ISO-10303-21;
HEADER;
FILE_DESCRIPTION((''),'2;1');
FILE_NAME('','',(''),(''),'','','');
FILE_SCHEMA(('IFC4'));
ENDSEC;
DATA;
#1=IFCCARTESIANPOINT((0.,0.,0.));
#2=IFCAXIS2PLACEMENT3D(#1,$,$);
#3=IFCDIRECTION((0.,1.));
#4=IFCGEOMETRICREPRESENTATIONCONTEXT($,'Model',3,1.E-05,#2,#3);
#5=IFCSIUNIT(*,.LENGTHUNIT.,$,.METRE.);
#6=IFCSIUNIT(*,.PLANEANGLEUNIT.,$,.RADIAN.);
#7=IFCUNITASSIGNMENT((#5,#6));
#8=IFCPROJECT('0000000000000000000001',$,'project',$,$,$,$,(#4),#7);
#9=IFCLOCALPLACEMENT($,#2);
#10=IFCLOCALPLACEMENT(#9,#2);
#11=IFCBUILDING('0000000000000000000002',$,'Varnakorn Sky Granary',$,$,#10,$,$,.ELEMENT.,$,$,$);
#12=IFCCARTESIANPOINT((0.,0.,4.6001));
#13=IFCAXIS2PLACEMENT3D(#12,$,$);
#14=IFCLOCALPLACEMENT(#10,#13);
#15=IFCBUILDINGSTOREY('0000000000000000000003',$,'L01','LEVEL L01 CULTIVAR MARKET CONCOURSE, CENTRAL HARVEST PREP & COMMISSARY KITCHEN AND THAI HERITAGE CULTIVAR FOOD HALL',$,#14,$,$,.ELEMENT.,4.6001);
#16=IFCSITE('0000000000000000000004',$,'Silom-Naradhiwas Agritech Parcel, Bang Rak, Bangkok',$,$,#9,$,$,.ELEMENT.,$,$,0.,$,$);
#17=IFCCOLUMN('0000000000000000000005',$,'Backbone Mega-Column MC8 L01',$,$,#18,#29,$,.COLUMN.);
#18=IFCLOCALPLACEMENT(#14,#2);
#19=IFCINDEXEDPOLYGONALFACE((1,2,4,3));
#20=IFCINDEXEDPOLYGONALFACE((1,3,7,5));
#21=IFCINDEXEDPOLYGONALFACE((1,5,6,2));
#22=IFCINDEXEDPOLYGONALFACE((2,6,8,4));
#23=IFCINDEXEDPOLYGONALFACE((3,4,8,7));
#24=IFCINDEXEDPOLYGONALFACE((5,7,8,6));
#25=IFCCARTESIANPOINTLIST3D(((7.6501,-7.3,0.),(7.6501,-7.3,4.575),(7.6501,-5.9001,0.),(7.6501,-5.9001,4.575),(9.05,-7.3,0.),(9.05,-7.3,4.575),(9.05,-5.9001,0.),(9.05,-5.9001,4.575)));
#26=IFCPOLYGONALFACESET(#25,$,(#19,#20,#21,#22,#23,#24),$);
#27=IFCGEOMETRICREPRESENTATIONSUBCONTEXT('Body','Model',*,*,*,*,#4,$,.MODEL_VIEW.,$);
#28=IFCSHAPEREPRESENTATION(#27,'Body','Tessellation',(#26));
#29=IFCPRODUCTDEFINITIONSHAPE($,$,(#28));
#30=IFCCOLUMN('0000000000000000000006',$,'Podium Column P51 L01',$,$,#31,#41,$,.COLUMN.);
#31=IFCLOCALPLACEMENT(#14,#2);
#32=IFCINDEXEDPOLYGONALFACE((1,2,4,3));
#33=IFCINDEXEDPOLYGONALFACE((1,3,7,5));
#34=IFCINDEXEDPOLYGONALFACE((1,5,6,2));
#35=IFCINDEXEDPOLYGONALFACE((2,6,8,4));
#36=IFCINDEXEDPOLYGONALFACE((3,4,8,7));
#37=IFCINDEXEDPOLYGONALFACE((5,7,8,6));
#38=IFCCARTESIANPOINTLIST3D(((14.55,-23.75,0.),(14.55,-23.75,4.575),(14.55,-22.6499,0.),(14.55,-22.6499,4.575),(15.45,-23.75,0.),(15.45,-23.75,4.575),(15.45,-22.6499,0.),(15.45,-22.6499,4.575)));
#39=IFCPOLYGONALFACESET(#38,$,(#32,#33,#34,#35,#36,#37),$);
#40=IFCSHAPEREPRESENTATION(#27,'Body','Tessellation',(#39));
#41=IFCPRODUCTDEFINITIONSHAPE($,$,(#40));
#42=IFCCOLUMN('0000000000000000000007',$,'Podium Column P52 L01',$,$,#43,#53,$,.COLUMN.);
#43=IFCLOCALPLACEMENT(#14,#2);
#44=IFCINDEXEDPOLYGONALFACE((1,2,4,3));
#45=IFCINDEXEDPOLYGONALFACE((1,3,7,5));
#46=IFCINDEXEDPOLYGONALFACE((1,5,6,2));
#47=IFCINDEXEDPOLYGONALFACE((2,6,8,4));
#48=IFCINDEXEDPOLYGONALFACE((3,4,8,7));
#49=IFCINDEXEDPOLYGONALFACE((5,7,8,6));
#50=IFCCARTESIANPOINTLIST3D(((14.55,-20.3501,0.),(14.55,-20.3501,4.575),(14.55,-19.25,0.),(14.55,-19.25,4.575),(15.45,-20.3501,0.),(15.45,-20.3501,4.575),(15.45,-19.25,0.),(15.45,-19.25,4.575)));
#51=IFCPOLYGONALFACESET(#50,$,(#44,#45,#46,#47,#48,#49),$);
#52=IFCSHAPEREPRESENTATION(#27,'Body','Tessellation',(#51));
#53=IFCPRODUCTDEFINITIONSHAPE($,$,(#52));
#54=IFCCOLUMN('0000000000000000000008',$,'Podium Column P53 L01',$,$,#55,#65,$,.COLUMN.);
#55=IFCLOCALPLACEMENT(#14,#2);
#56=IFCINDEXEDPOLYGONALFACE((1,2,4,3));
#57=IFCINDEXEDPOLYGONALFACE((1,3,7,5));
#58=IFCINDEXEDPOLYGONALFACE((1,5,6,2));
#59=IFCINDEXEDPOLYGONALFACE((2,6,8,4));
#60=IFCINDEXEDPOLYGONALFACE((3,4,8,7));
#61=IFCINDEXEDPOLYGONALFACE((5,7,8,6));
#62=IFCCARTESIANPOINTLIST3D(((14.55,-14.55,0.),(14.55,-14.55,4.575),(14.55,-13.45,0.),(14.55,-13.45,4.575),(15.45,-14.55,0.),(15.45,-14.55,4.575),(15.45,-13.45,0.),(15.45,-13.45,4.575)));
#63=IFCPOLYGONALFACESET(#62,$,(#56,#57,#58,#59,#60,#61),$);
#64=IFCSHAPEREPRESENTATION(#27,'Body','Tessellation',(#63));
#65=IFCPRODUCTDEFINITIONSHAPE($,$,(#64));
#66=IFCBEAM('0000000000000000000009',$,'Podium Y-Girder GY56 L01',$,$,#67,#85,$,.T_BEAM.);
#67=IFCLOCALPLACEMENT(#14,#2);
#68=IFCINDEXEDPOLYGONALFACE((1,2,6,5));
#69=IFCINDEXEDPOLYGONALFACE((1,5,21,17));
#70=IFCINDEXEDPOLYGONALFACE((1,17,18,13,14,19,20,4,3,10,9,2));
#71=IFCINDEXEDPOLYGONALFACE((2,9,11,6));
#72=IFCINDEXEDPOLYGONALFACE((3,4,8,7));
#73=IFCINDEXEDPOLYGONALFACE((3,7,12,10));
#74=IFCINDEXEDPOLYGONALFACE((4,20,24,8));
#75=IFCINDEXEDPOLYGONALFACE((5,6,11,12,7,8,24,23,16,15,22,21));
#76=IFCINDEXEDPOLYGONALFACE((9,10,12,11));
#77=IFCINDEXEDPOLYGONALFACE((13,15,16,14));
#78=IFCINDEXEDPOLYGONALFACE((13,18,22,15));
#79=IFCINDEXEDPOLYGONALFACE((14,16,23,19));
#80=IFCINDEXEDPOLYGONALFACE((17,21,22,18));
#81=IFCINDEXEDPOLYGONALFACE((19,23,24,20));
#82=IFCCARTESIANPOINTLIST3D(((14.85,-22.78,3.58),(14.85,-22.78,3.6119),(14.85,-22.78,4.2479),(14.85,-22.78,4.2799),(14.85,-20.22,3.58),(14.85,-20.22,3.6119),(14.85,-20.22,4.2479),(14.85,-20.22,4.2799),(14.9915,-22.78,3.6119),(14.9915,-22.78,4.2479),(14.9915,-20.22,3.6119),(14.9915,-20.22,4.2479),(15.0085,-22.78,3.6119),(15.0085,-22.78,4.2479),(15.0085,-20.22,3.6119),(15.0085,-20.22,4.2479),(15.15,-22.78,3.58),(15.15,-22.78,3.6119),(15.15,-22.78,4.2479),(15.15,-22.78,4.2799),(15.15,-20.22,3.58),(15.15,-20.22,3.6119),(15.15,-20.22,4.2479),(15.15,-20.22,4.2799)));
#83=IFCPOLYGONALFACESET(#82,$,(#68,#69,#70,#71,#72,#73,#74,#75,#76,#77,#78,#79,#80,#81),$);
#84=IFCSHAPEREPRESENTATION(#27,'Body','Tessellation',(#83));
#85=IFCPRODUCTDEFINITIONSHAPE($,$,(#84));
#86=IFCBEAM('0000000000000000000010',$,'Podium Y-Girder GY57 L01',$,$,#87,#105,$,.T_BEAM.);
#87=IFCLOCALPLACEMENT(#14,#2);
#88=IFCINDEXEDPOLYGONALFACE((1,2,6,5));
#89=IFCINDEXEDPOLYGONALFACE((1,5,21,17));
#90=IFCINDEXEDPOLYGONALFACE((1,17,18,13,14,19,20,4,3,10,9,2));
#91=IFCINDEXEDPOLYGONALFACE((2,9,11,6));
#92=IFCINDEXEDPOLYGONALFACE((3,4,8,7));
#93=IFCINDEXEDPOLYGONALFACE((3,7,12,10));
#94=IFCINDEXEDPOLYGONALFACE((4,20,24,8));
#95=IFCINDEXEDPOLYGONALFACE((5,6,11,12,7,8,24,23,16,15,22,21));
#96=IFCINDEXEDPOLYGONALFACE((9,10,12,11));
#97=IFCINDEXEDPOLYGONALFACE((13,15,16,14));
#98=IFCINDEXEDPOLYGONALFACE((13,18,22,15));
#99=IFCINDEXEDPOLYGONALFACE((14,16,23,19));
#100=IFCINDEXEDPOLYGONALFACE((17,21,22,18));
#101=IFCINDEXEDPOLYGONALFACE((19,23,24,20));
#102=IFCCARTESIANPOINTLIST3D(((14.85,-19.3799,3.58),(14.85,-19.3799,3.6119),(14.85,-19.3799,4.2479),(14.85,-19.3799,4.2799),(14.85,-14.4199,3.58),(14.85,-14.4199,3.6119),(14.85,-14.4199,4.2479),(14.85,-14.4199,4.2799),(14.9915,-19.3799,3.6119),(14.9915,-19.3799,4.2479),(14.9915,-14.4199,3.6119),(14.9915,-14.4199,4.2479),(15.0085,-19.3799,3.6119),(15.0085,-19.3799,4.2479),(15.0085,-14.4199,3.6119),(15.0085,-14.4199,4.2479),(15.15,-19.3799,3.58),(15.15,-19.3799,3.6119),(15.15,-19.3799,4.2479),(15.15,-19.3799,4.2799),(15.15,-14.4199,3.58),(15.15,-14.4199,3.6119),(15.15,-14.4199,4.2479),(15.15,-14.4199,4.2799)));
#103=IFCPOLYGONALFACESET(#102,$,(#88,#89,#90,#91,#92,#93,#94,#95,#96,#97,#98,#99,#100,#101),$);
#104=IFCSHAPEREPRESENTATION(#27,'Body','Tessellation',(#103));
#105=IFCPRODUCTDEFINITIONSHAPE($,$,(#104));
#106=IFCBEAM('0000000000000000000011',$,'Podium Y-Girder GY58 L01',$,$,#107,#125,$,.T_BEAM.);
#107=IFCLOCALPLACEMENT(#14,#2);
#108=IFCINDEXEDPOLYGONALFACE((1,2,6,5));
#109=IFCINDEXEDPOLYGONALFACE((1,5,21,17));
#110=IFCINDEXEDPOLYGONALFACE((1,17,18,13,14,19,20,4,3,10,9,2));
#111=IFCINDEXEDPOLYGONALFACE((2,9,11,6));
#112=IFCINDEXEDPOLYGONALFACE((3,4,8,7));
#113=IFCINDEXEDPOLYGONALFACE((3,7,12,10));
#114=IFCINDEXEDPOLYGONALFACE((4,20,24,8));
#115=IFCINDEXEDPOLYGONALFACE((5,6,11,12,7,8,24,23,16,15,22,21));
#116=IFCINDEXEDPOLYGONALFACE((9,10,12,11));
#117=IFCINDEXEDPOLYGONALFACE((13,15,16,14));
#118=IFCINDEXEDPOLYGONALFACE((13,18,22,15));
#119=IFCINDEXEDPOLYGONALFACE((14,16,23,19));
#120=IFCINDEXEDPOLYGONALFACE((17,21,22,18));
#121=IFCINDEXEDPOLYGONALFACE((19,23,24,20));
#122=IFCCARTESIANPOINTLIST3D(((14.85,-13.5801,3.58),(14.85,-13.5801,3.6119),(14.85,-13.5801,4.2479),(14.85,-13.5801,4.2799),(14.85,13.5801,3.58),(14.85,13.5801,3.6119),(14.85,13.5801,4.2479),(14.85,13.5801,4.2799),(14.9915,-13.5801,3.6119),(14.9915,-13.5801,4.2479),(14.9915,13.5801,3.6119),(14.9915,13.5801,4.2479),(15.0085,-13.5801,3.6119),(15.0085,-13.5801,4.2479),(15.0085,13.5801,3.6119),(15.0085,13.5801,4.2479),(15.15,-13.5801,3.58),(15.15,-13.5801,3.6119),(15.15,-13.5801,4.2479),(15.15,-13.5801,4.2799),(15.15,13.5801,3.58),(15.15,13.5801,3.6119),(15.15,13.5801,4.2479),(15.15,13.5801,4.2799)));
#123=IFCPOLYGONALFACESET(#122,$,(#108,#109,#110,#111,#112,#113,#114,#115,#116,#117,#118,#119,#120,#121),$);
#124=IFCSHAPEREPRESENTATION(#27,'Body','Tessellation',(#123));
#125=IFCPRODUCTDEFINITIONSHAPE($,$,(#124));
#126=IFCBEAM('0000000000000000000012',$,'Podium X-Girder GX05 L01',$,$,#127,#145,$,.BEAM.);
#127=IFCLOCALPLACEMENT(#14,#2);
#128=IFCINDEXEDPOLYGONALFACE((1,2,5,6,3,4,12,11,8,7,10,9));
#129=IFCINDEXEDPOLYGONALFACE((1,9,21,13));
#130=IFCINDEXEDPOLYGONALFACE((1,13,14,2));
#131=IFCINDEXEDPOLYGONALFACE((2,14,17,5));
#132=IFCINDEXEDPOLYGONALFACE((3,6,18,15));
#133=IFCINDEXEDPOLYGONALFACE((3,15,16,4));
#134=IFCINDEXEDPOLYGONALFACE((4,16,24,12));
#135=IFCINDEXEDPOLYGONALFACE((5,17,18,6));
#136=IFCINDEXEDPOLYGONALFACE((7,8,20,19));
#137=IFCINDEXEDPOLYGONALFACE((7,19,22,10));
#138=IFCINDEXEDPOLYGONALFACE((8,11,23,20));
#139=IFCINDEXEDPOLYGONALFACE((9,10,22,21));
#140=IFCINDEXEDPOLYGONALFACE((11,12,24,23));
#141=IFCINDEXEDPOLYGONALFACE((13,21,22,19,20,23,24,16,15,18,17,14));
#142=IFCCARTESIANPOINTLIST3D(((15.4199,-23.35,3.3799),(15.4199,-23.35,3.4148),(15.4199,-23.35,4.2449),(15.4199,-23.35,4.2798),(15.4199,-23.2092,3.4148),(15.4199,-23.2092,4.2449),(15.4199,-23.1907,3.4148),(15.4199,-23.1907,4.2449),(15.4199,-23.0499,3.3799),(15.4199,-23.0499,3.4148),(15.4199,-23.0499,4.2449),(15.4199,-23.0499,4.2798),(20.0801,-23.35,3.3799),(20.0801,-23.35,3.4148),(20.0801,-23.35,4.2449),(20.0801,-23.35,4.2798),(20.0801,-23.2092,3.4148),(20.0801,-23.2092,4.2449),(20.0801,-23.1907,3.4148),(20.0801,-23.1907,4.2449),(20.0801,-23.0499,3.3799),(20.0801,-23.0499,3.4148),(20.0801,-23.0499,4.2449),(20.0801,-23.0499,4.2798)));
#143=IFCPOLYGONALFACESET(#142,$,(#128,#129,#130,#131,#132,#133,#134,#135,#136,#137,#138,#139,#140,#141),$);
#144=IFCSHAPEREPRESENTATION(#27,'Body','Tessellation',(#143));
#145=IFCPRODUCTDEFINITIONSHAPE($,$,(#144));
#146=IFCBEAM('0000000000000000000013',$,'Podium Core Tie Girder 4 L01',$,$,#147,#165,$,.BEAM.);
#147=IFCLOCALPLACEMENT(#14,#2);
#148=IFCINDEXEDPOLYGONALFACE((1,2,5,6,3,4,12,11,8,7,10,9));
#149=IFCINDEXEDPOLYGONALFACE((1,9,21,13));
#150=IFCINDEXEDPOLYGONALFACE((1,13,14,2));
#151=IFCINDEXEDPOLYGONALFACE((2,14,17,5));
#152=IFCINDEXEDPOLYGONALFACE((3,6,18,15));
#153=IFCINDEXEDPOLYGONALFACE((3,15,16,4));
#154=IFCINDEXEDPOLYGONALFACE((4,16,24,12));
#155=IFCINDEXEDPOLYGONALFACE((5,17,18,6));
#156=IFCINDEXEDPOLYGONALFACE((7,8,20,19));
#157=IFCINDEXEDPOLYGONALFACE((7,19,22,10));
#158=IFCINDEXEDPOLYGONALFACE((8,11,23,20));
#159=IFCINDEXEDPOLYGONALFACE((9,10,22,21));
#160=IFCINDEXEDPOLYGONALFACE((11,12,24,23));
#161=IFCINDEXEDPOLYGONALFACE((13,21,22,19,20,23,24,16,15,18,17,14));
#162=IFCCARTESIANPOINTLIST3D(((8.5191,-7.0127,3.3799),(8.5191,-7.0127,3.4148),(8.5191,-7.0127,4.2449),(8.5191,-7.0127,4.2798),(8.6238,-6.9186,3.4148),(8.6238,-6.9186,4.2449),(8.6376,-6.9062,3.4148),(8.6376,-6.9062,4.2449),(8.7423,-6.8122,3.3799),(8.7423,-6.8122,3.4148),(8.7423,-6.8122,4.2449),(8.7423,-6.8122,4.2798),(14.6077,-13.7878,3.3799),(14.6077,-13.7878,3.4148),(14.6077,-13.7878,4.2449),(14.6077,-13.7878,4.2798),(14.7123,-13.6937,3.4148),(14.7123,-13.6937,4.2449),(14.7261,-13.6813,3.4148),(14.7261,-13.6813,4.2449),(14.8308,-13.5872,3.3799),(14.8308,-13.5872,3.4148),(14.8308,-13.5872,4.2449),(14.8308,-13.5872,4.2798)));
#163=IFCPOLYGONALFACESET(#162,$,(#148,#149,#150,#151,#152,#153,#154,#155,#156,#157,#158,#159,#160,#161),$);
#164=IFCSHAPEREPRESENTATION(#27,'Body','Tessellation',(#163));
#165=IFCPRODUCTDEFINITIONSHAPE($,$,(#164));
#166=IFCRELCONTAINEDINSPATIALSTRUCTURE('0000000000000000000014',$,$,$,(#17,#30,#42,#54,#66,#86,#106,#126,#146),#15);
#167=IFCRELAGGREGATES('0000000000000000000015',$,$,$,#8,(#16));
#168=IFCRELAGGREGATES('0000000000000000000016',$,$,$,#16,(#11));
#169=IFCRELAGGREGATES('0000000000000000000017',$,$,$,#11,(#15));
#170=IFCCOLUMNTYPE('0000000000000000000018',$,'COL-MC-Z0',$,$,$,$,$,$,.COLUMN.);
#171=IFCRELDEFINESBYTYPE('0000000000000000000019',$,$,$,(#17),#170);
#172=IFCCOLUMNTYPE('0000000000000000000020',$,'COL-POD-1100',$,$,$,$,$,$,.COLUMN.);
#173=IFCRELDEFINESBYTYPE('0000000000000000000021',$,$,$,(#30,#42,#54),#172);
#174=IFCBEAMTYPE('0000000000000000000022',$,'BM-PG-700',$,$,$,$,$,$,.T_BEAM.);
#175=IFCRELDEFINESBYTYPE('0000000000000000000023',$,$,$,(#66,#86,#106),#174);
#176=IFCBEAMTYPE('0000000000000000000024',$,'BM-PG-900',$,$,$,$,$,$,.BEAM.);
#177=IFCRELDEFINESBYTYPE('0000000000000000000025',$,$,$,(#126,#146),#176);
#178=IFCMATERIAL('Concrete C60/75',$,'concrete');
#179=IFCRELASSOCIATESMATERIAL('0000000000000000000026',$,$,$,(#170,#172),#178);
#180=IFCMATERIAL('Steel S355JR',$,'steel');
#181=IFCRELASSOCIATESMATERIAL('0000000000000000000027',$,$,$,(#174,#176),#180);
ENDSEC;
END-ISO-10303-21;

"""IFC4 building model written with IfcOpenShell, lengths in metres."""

from ifc_helpers import new_model, si_unit, direction, frame, origin, origin_2d, place, context, subcontext, project, spatial, rectangle, i_section, extrude, material, material_profile, profile_set, type_object, element, save


model = new_model("IFC4")

# Units and contexts
model_context = context("Model", 3, precision=1e-05, world=origin(), true_north=direction((0.0, 1.0)))
body_context = subcontext(model_context, "Body", "Model", "MODEL_VIEW")
ifc_project = project(units=[si_unit("LENGTHUNIT", "METRE"), si_unit("PLANEANGLEUNIT", "RADIAN")], contexts=[model_context])

# Site, building, storey
site_placement = place(None, origin())
site = spatial("IfcSite", under=ifc_project, at=site_placement, Name="Silom-Naradhiwas Agritech Parcel, Bang Rak, Bangkok", CompositionType="ELEMENT", RefElevation=0.0)
building_placement = place(site_placement, origin())
building = spatial("IfcBuilding", under=site, at=building_placement, Name="Varnakorn Sky Granary", CompositionType="ELEMENT")
storey_placement = place(building_placement, frame((0.0, 0.0, 4.6001)))
storey = spatial("IfcBuildingStorey", under=building, at=storey_placement, Name="L01", Description="LEVEL L01 CULTIVAR MARKET CONCOURSE, CENTRAL HARVEST PREP & COMMISSARY KITCHEN AND THAI HERITAGE CULTIVAR FOOD HALL", CompositionType="ELEMENT", Elevation=4.6001)

# Columns
ifc_material_1 = material(Name="Concrete C60/75", Category="concrete")
ifc_material_profile_1 = material_profile(ifc_material_1, rectangle(XDim=1.3999, YDim=1.3999, at=origin_2d()), Name="RC 1400x1400")
ifc_profile_set_1 = profile_set([ifc_material_profile_1], Name="Concrete C60/75")
column_type_1 = type_object("IfcColumnType", Name="COL-MC-Z0", PredefinedType="COLUMN", material=ifc_profile_set_1)
column_placement = place(storey_placement, frame((8.3501, -6.6001, 0.0), z_axis=(0.0, 0.0, 1.0), x_axis=(1.0, 0.0, 0.0)))
element("IfcColumn", 1, at=column_placement, inside=storey, type_object=column_type_1, Name="Backbone Mega-Column MC8 L01", PredefinedType="COLUMN", context=body_context, shape_type="SweptSolid", body=[
    extrude(rectangle(XDim=1.3999, YDim=1.3999, at=origin_2d()), origin(), (0.0, 0.0, 1.0), 4.575),
])
ifc_material_profile_2 = material_profile(ifc_material_1, rectangle(XDim=0.8999, YDim=1.1001, at=origin_2d()), Name="RC 900x1100")
ifc_profile_set_2 = profile_set([ifc_material_profile_2], Name="Concrete C60/75")
column_type_2 = type_object("IfcColumnType", Name="COL-POD-1100", PredefinedType="COLUMN", material=ifc_profile_set_2)
for number, where, z_axis, x_axis, name in (
    (2, (15.0, -23.2, 0.0), (0.0, 0.0, 1.0), (1.0, 0.0, 0.0), "Podium Column P51 L01"),
    (3, (15.0, -19.8, 0.0), (0.0, 0.0, 1.0), (1.0, 0.0, 0.0), "Podium Column P52 L01"),
    (4, (15.0, -14.0, 0.0), (0.0, 0.0, 1.0), (1.0, 0.0, 0.0), "Podium Column P53 L01"),
):
    element("IfcColumn", number, at=place(storey_placement, frame(where, z_axis=z_axis, x_axis=x_axis)), inside=storey, type_object=column_type_2, Name=name, PredefinedType="COLUMN", context=body_context, shape_type="SweptSolid", body=[
        extrude(rectangle(XDim=0.8999, YDim=1.1001, at=origin_2d()), origin(), (0.0, 0.0, 1.0), 4.575),
    ])

# Beams
ifc_material_2 = material(Name="Steel S355JR", Category="steel")
ifc_material_profile_3 = material_profile(ifc_material_2, i_section(OverallWidth=0.3, OverallDepth=0.7, WebThickness=0.0171, FlangeThickness=0.032, at=origin_2d()), Name="HE 700 B")
ifc_profile_set_3 = profile_set([ifc_material_profile_3], Name="Steel S355JR")
beam_type_1 = type_object("IfcBeamType", Name="BM-PG-700", PredefinedType="T_BEAM", material=ifc_profile_set_3)
beam_1_placement = place(storey_placement, frame((15.0, -22.78, 3.9299), z_axis=(0.0, 1.0, 0.0), x_axis=(-1.0, 0.0, 0.0)))
element("IfcBeam", 5, at=beam_1_placement, inside=storey, type_object=beam_type_1, Name="Podium Y-Girder GY56 L01", PredefinedType="T_BEAM", context=body_context, shape_type="SweptSolid", body=[
    extrude(i_section(OverallWidth=0.3, OverallDepth=0.7, WebThickness=0.0171, FlangeThickness=0.032, at=origin_2d()), origin(), (0.0, 0.0, 1.0), 2.5601),
])
beam_2_placement = place(storey_placement, frame((15.0, -19.3799, 3.9299), z_axis=(0.0, 1.0, 0.0), x_axis=(-1.0, 0.0, 0.0)))
element("IfcBeam", 6, at=beam_2_placement, inside=storey, type_object=beam_type_1, Name="Podium Y-Girder GY57 L01", PredefinedType="T_BEAM", context=body_context, shape_type="SweptSolid", body=[
    extrude(i_section(OverallWidth=0.3, OverallDepth=0.7, WebThickness=0.0171, FlangeThickness=0.032, at=origin_2d()), origin(), (0.0, 0.0, 1.0), 4.96),
])
beam_3_placement = place(storey_placement, frame((15.0, -13.5801, 3.9299), z_axis=(0.0, 1.0, 0.0), x_axis=(-1.0, 0.0, 0.0)))
element("IfcBeam", 7, at=beam_3_placement, inside=storey, type_object=beam_type_1, Name="Podium Y-Girder GY58 L01", PredefinedType="T_BEAM", context=body_context, shape_type="SweptSolid", body=[
    extrude(i_section(OverallWidth=0.3, OverallDepth=0.7, WebThickness=0.0171, FlangeThickness=0.032, at=origin_2d()), origin(), (0.0, 0.0, 1.0), 27.1602),
])
ifc_material_profile_4 = material_profile(ifc_material_2, i_section(OverallWidth=0.3, OverallDepth=0.8999, WebThickness=0.0186, FlangeThickness=0.0349, at=origin_2d()), Name="HE 900 B")
ifc_profile_set_4 = profile_set([ifc_material_profile_4], Name="Steel S355JR")
beam_type_2 = type_object("IfcBeamType", Name="BM-PG-900", PredefinedType="BEAM", material=ifc_profile_set_4)
beam_4_placement = place(storey_placement, frame((15.4199, -23.2, 3.8298), z_axis=(1.0, 0.0, 0.0), x_axis=(0.0, 1.0, 0.0)))
element("IfcBeam", 8, at=beam_4_placement, inside=storey, type_object=beam_type_2, Name="Podium X-Girder GX05 L01", PredefinedType="BEAM", context=body_context, shape_type="SweptSolid", body=[
    extrude(i_section(OverallWidth=0.3, OverallDepth=0.8999, WebThickness=0.0186, FlangeThickness=0.0349, at=origin_2d()), origin(), (0.0, 0.0, 1.0), 4.6602),
])
beam_5_placement = place(storey_placement, frame((14.7192, -13.6875, 3.8298), z_axis=(-0.668418, 0.743786, 0.0), x_axis=(-0.743786, -0.668418, 0.0)))
element("IfcBeam", 9, at=beam_5_placement, inside=storey, type_object=beam_type_2, Name="Podium Core Tie Girder 4 L01", PredefinedType="BEAM", context=body_context, shape_type="SweptSolid", body=[
    extrude(i_section(OverallWidth=0.3, OverallDepth=0.8999, WebThickness=0.0186, FlangeThickness=0.0349, at=origin_2d()), origin(), (0.0, 0.0, 1.0), 9.1089),
])

save(model, "model.ifc")
